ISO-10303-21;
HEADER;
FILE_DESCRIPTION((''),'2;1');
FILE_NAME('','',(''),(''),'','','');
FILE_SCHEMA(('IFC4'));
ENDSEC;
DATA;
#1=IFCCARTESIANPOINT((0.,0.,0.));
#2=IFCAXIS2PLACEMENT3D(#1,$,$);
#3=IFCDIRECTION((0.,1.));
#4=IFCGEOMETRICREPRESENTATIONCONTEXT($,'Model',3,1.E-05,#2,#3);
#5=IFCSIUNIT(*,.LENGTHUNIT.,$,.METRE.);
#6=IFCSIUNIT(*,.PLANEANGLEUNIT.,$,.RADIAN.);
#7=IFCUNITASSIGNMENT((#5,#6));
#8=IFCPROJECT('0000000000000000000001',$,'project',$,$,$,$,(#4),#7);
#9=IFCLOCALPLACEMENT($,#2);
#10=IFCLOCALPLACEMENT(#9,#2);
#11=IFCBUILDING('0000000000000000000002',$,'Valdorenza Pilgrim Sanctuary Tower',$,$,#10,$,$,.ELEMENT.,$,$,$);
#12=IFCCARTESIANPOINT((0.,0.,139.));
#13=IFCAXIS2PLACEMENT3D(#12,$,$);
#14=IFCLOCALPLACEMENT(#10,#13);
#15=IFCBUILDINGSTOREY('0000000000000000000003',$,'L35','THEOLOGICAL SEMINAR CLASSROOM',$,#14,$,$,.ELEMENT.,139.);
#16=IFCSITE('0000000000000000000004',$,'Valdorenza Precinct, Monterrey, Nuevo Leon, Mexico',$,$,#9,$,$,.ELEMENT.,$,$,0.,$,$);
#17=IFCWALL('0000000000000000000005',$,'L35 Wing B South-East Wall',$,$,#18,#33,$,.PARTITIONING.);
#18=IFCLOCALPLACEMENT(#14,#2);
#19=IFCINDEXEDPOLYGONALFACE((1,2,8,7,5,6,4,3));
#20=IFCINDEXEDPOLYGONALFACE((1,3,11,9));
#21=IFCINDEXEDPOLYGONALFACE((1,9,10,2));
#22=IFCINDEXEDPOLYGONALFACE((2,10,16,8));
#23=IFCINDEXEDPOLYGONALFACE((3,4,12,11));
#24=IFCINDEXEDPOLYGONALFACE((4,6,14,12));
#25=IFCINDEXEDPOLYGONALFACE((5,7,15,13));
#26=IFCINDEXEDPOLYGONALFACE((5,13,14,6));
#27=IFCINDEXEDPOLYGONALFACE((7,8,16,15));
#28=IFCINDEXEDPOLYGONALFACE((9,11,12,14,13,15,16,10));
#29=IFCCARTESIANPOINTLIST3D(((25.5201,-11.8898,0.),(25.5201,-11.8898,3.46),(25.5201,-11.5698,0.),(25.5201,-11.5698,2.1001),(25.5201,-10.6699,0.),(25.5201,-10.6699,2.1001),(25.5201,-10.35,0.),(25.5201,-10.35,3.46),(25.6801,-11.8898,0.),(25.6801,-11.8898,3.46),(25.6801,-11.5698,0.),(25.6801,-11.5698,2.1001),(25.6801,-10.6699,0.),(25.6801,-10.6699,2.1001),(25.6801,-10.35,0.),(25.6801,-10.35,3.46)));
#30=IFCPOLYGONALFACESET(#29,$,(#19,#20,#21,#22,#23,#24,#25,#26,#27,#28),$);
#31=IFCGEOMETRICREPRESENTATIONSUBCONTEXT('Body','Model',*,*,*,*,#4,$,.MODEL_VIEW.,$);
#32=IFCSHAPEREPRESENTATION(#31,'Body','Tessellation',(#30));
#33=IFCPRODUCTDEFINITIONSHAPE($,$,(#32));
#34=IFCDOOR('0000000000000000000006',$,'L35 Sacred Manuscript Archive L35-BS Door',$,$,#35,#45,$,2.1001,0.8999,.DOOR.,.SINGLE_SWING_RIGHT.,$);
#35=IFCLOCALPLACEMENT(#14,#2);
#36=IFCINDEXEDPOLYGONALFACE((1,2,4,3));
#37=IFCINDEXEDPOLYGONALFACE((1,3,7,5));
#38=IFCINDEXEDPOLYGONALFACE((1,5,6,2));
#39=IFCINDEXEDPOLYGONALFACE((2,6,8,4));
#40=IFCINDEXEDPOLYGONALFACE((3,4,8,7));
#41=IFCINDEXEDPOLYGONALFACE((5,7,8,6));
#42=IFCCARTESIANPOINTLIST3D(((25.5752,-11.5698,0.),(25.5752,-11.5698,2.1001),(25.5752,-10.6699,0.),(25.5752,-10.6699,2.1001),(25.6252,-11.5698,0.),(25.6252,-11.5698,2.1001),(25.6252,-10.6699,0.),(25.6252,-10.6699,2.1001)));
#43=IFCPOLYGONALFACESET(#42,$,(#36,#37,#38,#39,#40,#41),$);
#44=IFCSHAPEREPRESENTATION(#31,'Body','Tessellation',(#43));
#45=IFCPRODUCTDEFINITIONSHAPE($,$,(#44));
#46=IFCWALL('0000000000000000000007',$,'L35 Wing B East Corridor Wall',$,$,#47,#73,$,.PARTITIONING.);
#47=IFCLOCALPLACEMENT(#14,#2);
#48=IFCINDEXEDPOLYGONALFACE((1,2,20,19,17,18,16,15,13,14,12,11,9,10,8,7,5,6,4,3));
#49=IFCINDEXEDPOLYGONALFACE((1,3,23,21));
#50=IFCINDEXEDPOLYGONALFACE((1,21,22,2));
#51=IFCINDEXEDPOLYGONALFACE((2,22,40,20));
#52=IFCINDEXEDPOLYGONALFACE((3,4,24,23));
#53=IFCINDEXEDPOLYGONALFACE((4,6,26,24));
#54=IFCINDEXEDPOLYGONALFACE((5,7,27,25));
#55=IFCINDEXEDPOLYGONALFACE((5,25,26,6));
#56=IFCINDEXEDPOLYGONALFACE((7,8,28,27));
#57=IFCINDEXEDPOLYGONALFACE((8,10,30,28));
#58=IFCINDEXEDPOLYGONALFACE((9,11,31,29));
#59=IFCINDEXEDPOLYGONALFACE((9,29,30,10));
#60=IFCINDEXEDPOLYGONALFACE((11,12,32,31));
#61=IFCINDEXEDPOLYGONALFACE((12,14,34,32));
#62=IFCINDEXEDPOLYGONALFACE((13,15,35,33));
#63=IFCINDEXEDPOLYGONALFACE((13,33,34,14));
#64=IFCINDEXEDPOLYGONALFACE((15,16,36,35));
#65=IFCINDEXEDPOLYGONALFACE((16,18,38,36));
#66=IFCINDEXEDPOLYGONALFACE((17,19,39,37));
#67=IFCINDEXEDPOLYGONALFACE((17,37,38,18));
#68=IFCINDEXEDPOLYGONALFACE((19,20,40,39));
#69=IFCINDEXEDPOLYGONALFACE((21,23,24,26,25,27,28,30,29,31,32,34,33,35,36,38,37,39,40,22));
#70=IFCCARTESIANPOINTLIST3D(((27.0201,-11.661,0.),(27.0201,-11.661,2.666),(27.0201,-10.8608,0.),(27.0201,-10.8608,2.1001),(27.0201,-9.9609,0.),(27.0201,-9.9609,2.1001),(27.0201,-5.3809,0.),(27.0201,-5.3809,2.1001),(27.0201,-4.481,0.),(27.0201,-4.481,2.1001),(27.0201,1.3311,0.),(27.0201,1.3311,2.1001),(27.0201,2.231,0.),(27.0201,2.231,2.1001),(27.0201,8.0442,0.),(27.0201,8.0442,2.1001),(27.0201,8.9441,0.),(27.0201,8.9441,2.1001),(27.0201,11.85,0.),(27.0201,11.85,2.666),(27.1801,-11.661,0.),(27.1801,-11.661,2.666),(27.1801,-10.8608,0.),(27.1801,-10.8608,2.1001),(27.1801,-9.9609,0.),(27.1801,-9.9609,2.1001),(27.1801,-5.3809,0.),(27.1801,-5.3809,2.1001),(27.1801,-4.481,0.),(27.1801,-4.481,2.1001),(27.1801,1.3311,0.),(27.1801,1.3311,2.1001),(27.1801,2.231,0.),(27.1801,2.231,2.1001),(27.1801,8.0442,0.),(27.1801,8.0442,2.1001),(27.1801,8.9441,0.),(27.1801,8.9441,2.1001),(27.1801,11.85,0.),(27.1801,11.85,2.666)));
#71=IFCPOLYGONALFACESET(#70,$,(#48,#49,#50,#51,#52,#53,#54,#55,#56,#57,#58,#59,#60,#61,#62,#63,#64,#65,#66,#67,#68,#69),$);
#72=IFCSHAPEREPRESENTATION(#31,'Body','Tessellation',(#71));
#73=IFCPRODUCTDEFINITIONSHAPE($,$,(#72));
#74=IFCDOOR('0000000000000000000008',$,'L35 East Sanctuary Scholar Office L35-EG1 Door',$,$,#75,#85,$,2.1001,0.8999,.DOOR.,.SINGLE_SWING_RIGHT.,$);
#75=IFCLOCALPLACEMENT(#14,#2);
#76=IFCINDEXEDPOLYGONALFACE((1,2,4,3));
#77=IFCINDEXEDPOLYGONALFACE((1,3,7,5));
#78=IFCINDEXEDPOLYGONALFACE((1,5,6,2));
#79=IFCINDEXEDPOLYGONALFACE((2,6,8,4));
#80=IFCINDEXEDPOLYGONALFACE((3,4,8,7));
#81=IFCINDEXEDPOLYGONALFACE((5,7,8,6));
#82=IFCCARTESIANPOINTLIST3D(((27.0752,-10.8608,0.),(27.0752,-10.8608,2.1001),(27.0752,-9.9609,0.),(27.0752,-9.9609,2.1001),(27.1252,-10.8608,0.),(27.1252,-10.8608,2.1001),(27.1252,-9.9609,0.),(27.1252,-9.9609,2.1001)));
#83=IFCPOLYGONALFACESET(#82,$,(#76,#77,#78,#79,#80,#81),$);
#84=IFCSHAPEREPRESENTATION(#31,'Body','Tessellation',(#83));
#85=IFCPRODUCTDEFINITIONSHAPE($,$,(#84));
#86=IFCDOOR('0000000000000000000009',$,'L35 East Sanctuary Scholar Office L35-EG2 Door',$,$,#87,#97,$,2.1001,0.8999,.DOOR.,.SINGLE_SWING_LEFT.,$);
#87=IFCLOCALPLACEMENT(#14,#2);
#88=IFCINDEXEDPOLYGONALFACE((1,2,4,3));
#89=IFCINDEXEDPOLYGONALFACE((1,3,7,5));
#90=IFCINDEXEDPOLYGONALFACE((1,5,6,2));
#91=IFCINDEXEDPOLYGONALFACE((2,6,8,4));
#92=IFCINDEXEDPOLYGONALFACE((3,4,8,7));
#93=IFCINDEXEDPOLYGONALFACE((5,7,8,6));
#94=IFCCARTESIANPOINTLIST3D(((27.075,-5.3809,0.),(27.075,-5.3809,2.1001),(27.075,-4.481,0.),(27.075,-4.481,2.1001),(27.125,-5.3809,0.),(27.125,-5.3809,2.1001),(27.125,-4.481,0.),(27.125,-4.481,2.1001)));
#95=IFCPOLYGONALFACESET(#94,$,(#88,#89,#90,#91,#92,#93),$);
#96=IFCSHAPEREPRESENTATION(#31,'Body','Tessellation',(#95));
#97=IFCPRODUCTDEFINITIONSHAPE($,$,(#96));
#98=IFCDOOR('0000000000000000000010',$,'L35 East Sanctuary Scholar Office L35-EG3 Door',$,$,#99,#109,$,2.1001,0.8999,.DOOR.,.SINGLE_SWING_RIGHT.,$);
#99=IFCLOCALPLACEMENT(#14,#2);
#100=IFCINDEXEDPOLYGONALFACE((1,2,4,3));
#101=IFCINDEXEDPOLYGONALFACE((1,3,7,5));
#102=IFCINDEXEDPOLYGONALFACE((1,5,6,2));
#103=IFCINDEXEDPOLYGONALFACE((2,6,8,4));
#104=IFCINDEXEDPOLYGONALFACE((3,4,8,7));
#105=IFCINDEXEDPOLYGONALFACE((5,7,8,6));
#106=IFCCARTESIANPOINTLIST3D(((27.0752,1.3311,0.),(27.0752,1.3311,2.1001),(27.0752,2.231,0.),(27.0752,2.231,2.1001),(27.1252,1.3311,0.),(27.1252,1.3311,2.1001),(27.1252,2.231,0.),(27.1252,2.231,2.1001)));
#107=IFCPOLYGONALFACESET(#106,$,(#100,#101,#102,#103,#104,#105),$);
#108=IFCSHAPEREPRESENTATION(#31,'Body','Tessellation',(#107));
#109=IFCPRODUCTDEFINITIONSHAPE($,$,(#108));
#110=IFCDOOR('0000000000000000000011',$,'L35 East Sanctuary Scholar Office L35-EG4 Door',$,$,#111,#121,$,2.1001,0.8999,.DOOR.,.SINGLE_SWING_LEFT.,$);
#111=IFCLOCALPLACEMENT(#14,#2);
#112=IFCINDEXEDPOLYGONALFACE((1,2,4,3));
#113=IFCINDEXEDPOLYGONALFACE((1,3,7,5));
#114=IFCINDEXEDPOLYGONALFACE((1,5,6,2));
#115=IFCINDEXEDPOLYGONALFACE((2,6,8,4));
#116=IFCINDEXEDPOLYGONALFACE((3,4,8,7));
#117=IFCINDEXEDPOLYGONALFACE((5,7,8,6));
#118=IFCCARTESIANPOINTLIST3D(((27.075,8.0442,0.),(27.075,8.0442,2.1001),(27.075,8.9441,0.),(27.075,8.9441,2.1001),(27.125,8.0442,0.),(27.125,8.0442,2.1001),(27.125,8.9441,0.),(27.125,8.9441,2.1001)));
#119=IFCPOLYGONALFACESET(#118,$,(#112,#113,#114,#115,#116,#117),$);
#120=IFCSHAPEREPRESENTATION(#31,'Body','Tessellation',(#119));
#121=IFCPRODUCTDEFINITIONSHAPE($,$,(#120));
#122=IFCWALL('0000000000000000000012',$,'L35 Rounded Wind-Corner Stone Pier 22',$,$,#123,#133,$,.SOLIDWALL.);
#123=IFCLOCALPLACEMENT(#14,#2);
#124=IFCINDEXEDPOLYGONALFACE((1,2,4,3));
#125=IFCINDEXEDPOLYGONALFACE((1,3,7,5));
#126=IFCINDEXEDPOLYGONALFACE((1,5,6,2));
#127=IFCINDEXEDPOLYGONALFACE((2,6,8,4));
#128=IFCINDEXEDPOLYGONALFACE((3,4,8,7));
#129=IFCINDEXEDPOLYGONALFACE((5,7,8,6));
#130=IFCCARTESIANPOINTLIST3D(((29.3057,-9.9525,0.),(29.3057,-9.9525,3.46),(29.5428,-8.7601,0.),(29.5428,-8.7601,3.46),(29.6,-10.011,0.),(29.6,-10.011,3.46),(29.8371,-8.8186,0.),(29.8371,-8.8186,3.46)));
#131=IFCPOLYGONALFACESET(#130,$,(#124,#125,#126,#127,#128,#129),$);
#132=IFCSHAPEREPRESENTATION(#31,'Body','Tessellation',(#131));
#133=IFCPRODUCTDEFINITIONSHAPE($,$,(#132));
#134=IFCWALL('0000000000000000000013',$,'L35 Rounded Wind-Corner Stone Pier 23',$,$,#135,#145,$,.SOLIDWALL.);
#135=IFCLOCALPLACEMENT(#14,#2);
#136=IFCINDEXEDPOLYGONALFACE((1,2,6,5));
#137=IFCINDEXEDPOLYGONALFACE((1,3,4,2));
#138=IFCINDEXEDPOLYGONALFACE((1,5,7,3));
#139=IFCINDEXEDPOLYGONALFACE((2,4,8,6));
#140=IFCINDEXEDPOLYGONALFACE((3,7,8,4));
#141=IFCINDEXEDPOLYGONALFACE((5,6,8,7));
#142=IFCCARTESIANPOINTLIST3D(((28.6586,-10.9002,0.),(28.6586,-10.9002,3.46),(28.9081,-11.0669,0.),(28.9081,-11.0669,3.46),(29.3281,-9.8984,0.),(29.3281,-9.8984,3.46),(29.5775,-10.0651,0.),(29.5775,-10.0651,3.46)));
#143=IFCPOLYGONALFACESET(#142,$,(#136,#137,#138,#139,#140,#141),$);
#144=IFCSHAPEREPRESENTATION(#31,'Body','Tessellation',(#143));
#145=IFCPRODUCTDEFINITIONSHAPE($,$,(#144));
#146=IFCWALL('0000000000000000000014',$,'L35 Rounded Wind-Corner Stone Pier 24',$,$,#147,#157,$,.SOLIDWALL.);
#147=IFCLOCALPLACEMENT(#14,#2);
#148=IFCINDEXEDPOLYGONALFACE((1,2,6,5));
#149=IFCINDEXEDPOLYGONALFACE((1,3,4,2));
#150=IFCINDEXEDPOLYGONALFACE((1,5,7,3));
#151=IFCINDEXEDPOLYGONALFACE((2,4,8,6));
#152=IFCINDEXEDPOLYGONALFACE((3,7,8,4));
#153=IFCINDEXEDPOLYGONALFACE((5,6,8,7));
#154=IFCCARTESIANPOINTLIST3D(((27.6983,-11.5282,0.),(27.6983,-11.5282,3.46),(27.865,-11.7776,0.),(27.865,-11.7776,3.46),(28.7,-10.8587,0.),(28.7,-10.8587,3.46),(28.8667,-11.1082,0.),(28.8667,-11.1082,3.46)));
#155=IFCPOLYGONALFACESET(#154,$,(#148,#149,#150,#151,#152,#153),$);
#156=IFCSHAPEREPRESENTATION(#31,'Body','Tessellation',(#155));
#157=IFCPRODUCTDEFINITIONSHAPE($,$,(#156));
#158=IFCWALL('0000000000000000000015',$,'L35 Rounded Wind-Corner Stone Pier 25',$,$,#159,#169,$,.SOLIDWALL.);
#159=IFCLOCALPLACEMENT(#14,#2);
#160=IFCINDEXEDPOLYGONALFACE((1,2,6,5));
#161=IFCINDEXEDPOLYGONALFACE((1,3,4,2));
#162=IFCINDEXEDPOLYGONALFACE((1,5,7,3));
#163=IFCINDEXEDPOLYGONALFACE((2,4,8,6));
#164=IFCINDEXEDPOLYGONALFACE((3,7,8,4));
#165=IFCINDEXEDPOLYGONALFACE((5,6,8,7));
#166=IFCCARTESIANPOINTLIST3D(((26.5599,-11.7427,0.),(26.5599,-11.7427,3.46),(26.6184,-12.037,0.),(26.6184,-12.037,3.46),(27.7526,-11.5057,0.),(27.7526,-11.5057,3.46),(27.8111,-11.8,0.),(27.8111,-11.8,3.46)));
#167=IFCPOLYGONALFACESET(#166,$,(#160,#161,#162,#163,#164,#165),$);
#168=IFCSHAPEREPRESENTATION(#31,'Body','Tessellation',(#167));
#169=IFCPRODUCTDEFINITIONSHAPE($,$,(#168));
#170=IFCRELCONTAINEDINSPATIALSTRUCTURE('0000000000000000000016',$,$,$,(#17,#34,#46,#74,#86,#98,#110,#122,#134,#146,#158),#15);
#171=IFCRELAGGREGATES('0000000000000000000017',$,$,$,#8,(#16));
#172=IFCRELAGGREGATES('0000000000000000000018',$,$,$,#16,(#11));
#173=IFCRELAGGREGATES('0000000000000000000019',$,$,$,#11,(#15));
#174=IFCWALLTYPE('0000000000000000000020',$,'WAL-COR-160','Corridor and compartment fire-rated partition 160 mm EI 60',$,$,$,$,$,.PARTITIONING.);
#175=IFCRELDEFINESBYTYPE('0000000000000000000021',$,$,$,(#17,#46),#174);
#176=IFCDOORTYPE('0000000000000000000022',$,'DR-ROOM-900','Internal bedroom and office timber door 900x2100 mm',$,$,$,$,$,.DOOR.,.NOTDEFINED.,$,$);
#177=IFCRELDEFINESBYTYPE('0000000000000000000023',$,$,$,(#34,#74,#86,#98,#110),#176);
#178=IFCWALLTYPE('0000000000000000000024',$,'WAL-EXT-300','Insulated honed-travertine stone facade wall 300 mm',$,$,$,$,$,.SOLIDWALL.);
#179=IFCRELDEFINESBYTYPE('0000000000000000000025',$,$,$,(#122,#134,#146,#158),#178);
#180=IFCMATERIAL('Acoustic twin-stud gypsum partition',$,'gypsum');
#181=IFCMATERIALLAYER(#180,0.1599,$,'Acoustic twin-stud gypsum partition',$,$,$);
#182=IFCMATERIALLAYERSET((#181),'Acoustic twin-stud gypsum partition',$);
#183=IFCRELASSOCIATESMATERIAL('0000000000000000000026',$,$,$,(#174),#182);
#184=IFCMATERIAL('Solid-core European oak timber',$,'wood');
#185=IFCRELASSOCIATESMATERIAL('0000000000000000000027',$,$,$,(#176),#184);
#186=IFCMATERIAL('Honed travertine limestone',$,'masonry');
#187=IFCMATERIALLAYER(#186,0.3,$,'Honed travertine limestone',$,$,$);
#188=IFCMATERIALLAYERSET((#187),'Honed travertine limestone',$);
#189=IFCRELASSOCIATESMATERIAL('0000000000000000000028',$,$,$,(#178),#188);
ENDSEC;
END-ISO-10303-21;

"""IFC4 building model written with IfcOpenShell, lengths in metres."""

from ifc_helpers import new_model, si_unit, direction, frame, frame_2d, origin, place, context, subcontext, project, spatial, rectangle, extrude, material, layer, layer_set, type_object, element, fill, save


model = new_model("IFC4")

# Units and contexts
model_context = context("Model", 3, precision=1e-05, world=origin(), true_north=direction((0.0, 1.0)))
body_context = subcontext(model_context, "Body", "Model", "MODEL_VIEW")
ifc_project = project(units=[si_unit("LENGTHUNIT", "METRE"), si_unit("PLANEANGLEUNIT", "RADIAN")], contexts=[model_context])

# Site, building, storey
site_placement = place(None, origin())
site = spatial("IfcSite", under=ifc_project, at=site_placement, Name="Valdorenza Precinct, Monterrey, Nuevo Leon, Mexico", CompositionType="ELEMENT", RefElevation=0.0)
building_placement = place(site_placement, origin())
building = spatial("IfcBuilding", under=site, at=building_placement, Name="Valdorenza Pilgrim Sanctuary Tower", CompositionType="ELEMENT")
storey_placement = place(building_placement, frame((0.0, 0.0, 139.0)))
storey = spatial("IfcBuildingStorey", under=building, at=storey_placement, Name="L35", Description="THEOLOGICAL SEMINAR CLASSROOM", CompositionType="ELEMENT", Elevation=139.0)

# Wall, opening, door
ifc_material_1 = material(Name="Acoustic twin-stud gypsum partition", Category="gypsum")
ifc_layer_1 = layer(ifc_material_1, 0.1599, Name="Acoustic twin-stud gypsum partition")
ifc_layer_set_1 = layer_set([ifc_layer_1], Name="Acoustic twin-stud gypsum partition")
wall_type_1 = type_object("IfcWallType", Name="WAL-COR-160", Description="Corridor and compartment fire-rated partition 160 mm EI 60", PredefinedType="PARTITIONING", material=ifc_layer_set_1)
wall_1_placement = place(storey_placement, frame((25.6001, -11.8899, 0.0), z_axis=(0.0, 0.0, 1.0), x_axis=(0.0, 1.0, 0.0)))
wall_1 = element("IfcWall", 1, at=wall_1_placement, inside=storey, type_object=wall_type_1, Name="L35 Wing B South-East Wall", PredefinedType="PARTITIONING", context=body_context, shape_type="SweptSolid", body=[
    extrude(rectangle(XDim=1.5398, YDim=0.1599, at=frame_2d((0.77, 0.0))), origin(), (0.0, 0.0, 1.0), 3.46),
])
opening_1_placement = place(wall_1_placement, frame((0.3201, 0.0, 0.0)))
opening_1 = element("IfcOpeningElement", 2, at=opening_1_placement, cuts=wall_1, PredefinedType="OPENING", context=body_context, shape_type="SweptSolid", body=[
    extrude(rectangle(XDim=0.8999, YDim=2.1001, at=frame_2d((0.45, 1.05))), frame((0.0, 0.0947, 0.0), z_axis=(0.0, -1.0, 0.0), x_axis=(1.0, 0.0, 0.0)), (0.0, 0.0, 1.0), 0.1897),
])
ifc_material_2 = material(Name="Solid-core European oak timber", Category="wood")
door_type = type_object("IfcDoorType", Name="DR-ROOM-900", Description="Internal bedroom and office timber door 900x2100 mm", OperationType="NOTDEFINED", PredefinedType="DOOR", material=ifc_material_2)
door_1_placement = place(opening_1_placement, origin())
door_1 = element("IfcDoor", 3, at=door_1_placement, inside=storey, type_object=door_type, Name="L35 Sacred Manuscript Archive L35-BS Door", OperationType="SINGLE_SWING_RIGHT", OverallHeight=2.1001, OverallWidth=0.8999, PredefinedType="DOOR", context=body_context, shape_type="SweptSolid", body=[
    extrude(rectangle(XDim=0.8999, YDim=2.1001, at=frame_2d((0.45, 1.05))), frame((0.0, 0.0249, 0.0), z_axis=(0.0, -1.0, 0.0), x_axis=(1.0, 0.0, 0.0)), (0.0, 0.0, 1.0), 0.05),
])
fill(opening_1, door_1)

# Wall, openings, doors
wall_2_placement = place(storey_placement, frame((27.1001, -11.6609, 0.0), z_axis=(0.0, 0.0, 1.0), x_axis=(0.0, 1.0, 0.0)))
wall_2 = element("IfcWall", 4, at=wall_2_placement, inside=storey, type_object=wall_type_1, Name="L35 Wing B East Corridor Wall", PredefinedType="PARTITIONING", context=body_context, shape_type="SweptSolid", body=[
    extrude(rectangle(XDim=23.511, YDim=0.1599, at=frame_2d((11.7554, 0.0))), origin(), (0.0, 0.0, 1.0), 2.666),
])
opening_2_placement = place(wall_2_placement, frame((0.8, 0.0, 0.0)))
opening_2 = element("IfcOpeningElement", 5, at=opening_2_placement, cuts=wall_2, PredefinedType="OPENING", context=body_context, shape_type="SweptSolid", body=[
    extrude(rectangle(XDim=0.8999, YDim=2.1001, at=frame_2d((0.45, 1.05))), frame((0.0, 0.0947, 0.0), z_axis=(0.0, -1.0, 0.0), x_axis=(1.0, 0.0, 0.0)), (0.0, 0.0, 1.0), 0.1897),
])
opening_3_placement = place(wall_2_placement, frame((6.28, 0.0, 0.0)))
opening_3 = element("IfcOpeningElement", 6, at=opening_3_placement, cuts=wall_2, PredefinedType="OPENING", context=body_context, shape_type="SweptSolid", body=[
    extrude(rectangle(XDim=0.8999, YDim=2.1001, at=frame_2d((0.45, 1.05))), frame((0.0, 0.0947, 0.0), z_axis=(0.0, -1.0, 0.0), x_axis=(1.0, 0.0, 0.0)), (0.0, 0.0, 1.0), 0.1897),
])
opening_4_placement = place(wall_2_placement, frame((12.9919, 0.0, 0.0)))
opening_4 = element("IfcOpeningElement", 7, at=opening_4_placement, cuts=wall_2, PredefinedType="OPENING", context=body_context, shape_type="SweptSolid", body=[
    extrude(rectangle(XDim=0.8999, YDim=2.1001, at=frame_2d((0.45, 1.05))), frame((0.0, 0.0947, 0.0), z_axis=(0.0, -1.0, 0.0), x_axis=(1.0, 0.0, 0.0)), (0.0, 0.0, 1.0), 0.1897),
])
opening_5_placement = place(wall_2_placement, frame((19.7051, 0.0, 0.0)))
opening_5 = element("IfcOpeningElement", 8, at=opening_5_placement, cuts=wall_2, PredefinedType="OPENING", context=body_context, shape_type="SweptSolid", body=[
    extrude(rectangle(XDim=0.8999, YDim=2.1001, at=frame_2d((0.45, 1.05))), frame((0.0, 0.0947, 0.0), z_axis=(0.0, -1.0, 0.0), x_axis=(1.0, 0.0, 0.0)), (0.0, 0.0, 1.0), 0.1897),
])
door_2_placement = place(opening_2_placement, origin())
door_2 = element("IfcDoor", 9, at=door_2_placement, inside=storey, type_object=door_type, Name="L35 East Sanctuary Scholar Office L35-EG1 Door", OperationType="SINGLE_SWING_RIGHT", OverallHeight=2.1001, OverallWidth=0.8999, PredefinedType="DOOR", context=body_context, shape_type="SweptSolid", body=[
    extrude(rectangle(XDim=0.8999, YDim=2.1001, at=frame_2d((0.45, 1.05))), frame((0.0, 0.0249, 0.0), z_axis=(0.0, -1.0, 0.0), x_axis=(1.0, 0.0, 0.0)), (0.0, 0.0, 1.0), 0.05),
])
fill(opening_2, door_2)
door_3_placement = place(opening_3_placement, frame((0.8999, 0.0, 0.0), z_axis=(0.0, 0.0, 1.0), x_axis=(-1.0, 0.0, 0.0)))
door_3 = element("IfcDoor", 10, at=door_3_placement, inside=storey, type_object=door_type, Name="L35 East Sanctuary Scholar Office L35-EG2 Door", OperationType="SINGLE_SWING_LEFT", OverallHeight=2.1001, OverallWidth=0.8999, PredefinedType="DOOR", context=body_context, shape_type="SweptSolid", body=[
    extrude(rectangle(XDim=0.8999, YDim=2.1001, at=frame_2d((0.45, 1.05))), frame((0.0, 0.0249, 0.0), z_axis=(0.0, -1.0, 0.0), x_axis=(1.0, 0.0, 0.0)), (0.0, 0.0, 1.0), 0.05),
])
fill(opening_3, door_3)
door_4_placement = place(opening_4_placement, origin())
door_4 = element("IfcDoor", 11, at=door_4_placement, inside=storey, type_object=door_type, Name="L35 East Sanctuary Scholar Office L35-EG3 Door", OperationType="SINGLE_SWING_RIGHT", OverallHeight=2.1001, OverallWidth=0.8999, PredefinedType="DOOR", context=body_context, shape_type="SweptSolid", body=[
    extrude(rectangle(XDim=0.8999, YDim=2.1001, at=frame_2d((0.45, 1.05))), frame((0.0, 0.0249, 0.0), z_axis=(0.0, -1.0, 0.0), x_axis=(1.0, 0.0, 0.0)), (0.0, 0.0, 1.0), 0.05),
])
fill(opening_4, door_4)
door_5_placement = place(opening_5_placement, frame((0.8999, 0.0, 0.0), z_axis=(0.0, 0.0, 1.0), x_axis=(-1.0, 0.0, 0.0)))
door_5 = element("IfcDoor", 12, at=door_5_placement, inside=storey, type_object=door_type, Name="L35 East Sanctuary Scholar Office L35-EG4 Door", OperationType="SINGLE_SWING_LEFT", OverallHeight=2.1001, OverallWidth=0.8999, PredefinedType="DOOR", context=body_context, shape_type="SweptSolid", body=[
    extrude(rectangle(XDim=0.8999, YDim=2.1001, at=frame_2d((0.45, 1.05))), frame((0.0, 0.0249, 0.0), z_axis=(0.0, -1.0, 0.0), x_axis=(1.0, 0.0, 0.0)), (0.0, 0.0, 1.0), 0.05),
])
fill(opening_5, door_5)

# Walls
ifc_material_3 = material(Name="Honed travertine limestone", Category="masonry")
ifc_layer_2 = layer(ifc_material_3, 0.3, Name="Honed travertine limestone")
ifc_layer_set_2 = layer_set([ifc_layer_2], Name="Honed travertine limestone")
wall_type_2 = type_object("IfcWallType", Name="WAL-EXT-300", Description="Insulated honed-travertine stone facade wall 300 mm", PredefinedType="SOLIDWALL", material=ifc_layer_set_2)
wall_3_placement = place(storey_placement, frame((29.6899, -8.7893, 0.0), z_axis=(0.0, 0.0, 1.0), x_axis=(-0.194996, -0.980804, 0.0)))
element("IfcWall", 13, at=wall_3_placement, inside=storey, type_object=wall_type_2, Name="L35 Rounded Wind-Corner Stone Pier 22", PredefinedType="SOLIDWALL", context=body_context, shape_type="SweptSolid", body=[
    extrude(rectangle(XDim=1.2158, YDim=0.3, at=frame_2d((0.6079, 0.0))), origin(), (0.0, 0.0, 1.0), 3.46),
])
for number, where, z_axis, x_axis, name in (
    (14, (29.4529, -9.9817, 0.0), (0.0, 0.0, 1.0), (-0.555635, -0.831426, 0.0), "L35 Rounded Wind-Corner Stone Pier 23"),
    (15, (28.7834, -10.9834, 0.0), (0.0, 0.0, 1.0), (-0.831426, -0.555635, 0.0), "L35 Rounded Wind-Corner Stone Pier 24"),
):
    element("IfcWall", number, at=place(storey_placement, frame(where, z_axis=z_axis, x_axis=x_axis)), inside=storey, type_object=wall_type_2, Name=name, PredefinedType="SOLIDWALL", context=body_context, shape_type="SweptSolid", body=[
        extrude(rectangle(XDim=1.2048, YDim=0.3, at=frame_2d((0.6025, 0.0))), origin(), (0.0, 0.0, 1.0), 3.46),
    ])
wall_4_placement = place(storey_placement, frame((27.7817, -11.6528, 0.0), z_axis=(0.0, 0.0, 1.0), x_axis=(-0.980812, -0.194958, 0.0)))
element("IfcWall", 16, at=wall_4_placement, inside=storey, type_object=wall_type_2, Name="L35 Rounded Wind-Corner Stone Pier 25", PredefinedType="SOLIDWALL", context=body_context, shape_type="SweptSolid", body=[
    extrude(rectangle(XDim=1.2161, YDim=0.3, at=frame_2d((0.6079, 0.0))), origin(), (0.0, 0.0, 1.0), 3.46),
])

save(model, "model.ifc")
